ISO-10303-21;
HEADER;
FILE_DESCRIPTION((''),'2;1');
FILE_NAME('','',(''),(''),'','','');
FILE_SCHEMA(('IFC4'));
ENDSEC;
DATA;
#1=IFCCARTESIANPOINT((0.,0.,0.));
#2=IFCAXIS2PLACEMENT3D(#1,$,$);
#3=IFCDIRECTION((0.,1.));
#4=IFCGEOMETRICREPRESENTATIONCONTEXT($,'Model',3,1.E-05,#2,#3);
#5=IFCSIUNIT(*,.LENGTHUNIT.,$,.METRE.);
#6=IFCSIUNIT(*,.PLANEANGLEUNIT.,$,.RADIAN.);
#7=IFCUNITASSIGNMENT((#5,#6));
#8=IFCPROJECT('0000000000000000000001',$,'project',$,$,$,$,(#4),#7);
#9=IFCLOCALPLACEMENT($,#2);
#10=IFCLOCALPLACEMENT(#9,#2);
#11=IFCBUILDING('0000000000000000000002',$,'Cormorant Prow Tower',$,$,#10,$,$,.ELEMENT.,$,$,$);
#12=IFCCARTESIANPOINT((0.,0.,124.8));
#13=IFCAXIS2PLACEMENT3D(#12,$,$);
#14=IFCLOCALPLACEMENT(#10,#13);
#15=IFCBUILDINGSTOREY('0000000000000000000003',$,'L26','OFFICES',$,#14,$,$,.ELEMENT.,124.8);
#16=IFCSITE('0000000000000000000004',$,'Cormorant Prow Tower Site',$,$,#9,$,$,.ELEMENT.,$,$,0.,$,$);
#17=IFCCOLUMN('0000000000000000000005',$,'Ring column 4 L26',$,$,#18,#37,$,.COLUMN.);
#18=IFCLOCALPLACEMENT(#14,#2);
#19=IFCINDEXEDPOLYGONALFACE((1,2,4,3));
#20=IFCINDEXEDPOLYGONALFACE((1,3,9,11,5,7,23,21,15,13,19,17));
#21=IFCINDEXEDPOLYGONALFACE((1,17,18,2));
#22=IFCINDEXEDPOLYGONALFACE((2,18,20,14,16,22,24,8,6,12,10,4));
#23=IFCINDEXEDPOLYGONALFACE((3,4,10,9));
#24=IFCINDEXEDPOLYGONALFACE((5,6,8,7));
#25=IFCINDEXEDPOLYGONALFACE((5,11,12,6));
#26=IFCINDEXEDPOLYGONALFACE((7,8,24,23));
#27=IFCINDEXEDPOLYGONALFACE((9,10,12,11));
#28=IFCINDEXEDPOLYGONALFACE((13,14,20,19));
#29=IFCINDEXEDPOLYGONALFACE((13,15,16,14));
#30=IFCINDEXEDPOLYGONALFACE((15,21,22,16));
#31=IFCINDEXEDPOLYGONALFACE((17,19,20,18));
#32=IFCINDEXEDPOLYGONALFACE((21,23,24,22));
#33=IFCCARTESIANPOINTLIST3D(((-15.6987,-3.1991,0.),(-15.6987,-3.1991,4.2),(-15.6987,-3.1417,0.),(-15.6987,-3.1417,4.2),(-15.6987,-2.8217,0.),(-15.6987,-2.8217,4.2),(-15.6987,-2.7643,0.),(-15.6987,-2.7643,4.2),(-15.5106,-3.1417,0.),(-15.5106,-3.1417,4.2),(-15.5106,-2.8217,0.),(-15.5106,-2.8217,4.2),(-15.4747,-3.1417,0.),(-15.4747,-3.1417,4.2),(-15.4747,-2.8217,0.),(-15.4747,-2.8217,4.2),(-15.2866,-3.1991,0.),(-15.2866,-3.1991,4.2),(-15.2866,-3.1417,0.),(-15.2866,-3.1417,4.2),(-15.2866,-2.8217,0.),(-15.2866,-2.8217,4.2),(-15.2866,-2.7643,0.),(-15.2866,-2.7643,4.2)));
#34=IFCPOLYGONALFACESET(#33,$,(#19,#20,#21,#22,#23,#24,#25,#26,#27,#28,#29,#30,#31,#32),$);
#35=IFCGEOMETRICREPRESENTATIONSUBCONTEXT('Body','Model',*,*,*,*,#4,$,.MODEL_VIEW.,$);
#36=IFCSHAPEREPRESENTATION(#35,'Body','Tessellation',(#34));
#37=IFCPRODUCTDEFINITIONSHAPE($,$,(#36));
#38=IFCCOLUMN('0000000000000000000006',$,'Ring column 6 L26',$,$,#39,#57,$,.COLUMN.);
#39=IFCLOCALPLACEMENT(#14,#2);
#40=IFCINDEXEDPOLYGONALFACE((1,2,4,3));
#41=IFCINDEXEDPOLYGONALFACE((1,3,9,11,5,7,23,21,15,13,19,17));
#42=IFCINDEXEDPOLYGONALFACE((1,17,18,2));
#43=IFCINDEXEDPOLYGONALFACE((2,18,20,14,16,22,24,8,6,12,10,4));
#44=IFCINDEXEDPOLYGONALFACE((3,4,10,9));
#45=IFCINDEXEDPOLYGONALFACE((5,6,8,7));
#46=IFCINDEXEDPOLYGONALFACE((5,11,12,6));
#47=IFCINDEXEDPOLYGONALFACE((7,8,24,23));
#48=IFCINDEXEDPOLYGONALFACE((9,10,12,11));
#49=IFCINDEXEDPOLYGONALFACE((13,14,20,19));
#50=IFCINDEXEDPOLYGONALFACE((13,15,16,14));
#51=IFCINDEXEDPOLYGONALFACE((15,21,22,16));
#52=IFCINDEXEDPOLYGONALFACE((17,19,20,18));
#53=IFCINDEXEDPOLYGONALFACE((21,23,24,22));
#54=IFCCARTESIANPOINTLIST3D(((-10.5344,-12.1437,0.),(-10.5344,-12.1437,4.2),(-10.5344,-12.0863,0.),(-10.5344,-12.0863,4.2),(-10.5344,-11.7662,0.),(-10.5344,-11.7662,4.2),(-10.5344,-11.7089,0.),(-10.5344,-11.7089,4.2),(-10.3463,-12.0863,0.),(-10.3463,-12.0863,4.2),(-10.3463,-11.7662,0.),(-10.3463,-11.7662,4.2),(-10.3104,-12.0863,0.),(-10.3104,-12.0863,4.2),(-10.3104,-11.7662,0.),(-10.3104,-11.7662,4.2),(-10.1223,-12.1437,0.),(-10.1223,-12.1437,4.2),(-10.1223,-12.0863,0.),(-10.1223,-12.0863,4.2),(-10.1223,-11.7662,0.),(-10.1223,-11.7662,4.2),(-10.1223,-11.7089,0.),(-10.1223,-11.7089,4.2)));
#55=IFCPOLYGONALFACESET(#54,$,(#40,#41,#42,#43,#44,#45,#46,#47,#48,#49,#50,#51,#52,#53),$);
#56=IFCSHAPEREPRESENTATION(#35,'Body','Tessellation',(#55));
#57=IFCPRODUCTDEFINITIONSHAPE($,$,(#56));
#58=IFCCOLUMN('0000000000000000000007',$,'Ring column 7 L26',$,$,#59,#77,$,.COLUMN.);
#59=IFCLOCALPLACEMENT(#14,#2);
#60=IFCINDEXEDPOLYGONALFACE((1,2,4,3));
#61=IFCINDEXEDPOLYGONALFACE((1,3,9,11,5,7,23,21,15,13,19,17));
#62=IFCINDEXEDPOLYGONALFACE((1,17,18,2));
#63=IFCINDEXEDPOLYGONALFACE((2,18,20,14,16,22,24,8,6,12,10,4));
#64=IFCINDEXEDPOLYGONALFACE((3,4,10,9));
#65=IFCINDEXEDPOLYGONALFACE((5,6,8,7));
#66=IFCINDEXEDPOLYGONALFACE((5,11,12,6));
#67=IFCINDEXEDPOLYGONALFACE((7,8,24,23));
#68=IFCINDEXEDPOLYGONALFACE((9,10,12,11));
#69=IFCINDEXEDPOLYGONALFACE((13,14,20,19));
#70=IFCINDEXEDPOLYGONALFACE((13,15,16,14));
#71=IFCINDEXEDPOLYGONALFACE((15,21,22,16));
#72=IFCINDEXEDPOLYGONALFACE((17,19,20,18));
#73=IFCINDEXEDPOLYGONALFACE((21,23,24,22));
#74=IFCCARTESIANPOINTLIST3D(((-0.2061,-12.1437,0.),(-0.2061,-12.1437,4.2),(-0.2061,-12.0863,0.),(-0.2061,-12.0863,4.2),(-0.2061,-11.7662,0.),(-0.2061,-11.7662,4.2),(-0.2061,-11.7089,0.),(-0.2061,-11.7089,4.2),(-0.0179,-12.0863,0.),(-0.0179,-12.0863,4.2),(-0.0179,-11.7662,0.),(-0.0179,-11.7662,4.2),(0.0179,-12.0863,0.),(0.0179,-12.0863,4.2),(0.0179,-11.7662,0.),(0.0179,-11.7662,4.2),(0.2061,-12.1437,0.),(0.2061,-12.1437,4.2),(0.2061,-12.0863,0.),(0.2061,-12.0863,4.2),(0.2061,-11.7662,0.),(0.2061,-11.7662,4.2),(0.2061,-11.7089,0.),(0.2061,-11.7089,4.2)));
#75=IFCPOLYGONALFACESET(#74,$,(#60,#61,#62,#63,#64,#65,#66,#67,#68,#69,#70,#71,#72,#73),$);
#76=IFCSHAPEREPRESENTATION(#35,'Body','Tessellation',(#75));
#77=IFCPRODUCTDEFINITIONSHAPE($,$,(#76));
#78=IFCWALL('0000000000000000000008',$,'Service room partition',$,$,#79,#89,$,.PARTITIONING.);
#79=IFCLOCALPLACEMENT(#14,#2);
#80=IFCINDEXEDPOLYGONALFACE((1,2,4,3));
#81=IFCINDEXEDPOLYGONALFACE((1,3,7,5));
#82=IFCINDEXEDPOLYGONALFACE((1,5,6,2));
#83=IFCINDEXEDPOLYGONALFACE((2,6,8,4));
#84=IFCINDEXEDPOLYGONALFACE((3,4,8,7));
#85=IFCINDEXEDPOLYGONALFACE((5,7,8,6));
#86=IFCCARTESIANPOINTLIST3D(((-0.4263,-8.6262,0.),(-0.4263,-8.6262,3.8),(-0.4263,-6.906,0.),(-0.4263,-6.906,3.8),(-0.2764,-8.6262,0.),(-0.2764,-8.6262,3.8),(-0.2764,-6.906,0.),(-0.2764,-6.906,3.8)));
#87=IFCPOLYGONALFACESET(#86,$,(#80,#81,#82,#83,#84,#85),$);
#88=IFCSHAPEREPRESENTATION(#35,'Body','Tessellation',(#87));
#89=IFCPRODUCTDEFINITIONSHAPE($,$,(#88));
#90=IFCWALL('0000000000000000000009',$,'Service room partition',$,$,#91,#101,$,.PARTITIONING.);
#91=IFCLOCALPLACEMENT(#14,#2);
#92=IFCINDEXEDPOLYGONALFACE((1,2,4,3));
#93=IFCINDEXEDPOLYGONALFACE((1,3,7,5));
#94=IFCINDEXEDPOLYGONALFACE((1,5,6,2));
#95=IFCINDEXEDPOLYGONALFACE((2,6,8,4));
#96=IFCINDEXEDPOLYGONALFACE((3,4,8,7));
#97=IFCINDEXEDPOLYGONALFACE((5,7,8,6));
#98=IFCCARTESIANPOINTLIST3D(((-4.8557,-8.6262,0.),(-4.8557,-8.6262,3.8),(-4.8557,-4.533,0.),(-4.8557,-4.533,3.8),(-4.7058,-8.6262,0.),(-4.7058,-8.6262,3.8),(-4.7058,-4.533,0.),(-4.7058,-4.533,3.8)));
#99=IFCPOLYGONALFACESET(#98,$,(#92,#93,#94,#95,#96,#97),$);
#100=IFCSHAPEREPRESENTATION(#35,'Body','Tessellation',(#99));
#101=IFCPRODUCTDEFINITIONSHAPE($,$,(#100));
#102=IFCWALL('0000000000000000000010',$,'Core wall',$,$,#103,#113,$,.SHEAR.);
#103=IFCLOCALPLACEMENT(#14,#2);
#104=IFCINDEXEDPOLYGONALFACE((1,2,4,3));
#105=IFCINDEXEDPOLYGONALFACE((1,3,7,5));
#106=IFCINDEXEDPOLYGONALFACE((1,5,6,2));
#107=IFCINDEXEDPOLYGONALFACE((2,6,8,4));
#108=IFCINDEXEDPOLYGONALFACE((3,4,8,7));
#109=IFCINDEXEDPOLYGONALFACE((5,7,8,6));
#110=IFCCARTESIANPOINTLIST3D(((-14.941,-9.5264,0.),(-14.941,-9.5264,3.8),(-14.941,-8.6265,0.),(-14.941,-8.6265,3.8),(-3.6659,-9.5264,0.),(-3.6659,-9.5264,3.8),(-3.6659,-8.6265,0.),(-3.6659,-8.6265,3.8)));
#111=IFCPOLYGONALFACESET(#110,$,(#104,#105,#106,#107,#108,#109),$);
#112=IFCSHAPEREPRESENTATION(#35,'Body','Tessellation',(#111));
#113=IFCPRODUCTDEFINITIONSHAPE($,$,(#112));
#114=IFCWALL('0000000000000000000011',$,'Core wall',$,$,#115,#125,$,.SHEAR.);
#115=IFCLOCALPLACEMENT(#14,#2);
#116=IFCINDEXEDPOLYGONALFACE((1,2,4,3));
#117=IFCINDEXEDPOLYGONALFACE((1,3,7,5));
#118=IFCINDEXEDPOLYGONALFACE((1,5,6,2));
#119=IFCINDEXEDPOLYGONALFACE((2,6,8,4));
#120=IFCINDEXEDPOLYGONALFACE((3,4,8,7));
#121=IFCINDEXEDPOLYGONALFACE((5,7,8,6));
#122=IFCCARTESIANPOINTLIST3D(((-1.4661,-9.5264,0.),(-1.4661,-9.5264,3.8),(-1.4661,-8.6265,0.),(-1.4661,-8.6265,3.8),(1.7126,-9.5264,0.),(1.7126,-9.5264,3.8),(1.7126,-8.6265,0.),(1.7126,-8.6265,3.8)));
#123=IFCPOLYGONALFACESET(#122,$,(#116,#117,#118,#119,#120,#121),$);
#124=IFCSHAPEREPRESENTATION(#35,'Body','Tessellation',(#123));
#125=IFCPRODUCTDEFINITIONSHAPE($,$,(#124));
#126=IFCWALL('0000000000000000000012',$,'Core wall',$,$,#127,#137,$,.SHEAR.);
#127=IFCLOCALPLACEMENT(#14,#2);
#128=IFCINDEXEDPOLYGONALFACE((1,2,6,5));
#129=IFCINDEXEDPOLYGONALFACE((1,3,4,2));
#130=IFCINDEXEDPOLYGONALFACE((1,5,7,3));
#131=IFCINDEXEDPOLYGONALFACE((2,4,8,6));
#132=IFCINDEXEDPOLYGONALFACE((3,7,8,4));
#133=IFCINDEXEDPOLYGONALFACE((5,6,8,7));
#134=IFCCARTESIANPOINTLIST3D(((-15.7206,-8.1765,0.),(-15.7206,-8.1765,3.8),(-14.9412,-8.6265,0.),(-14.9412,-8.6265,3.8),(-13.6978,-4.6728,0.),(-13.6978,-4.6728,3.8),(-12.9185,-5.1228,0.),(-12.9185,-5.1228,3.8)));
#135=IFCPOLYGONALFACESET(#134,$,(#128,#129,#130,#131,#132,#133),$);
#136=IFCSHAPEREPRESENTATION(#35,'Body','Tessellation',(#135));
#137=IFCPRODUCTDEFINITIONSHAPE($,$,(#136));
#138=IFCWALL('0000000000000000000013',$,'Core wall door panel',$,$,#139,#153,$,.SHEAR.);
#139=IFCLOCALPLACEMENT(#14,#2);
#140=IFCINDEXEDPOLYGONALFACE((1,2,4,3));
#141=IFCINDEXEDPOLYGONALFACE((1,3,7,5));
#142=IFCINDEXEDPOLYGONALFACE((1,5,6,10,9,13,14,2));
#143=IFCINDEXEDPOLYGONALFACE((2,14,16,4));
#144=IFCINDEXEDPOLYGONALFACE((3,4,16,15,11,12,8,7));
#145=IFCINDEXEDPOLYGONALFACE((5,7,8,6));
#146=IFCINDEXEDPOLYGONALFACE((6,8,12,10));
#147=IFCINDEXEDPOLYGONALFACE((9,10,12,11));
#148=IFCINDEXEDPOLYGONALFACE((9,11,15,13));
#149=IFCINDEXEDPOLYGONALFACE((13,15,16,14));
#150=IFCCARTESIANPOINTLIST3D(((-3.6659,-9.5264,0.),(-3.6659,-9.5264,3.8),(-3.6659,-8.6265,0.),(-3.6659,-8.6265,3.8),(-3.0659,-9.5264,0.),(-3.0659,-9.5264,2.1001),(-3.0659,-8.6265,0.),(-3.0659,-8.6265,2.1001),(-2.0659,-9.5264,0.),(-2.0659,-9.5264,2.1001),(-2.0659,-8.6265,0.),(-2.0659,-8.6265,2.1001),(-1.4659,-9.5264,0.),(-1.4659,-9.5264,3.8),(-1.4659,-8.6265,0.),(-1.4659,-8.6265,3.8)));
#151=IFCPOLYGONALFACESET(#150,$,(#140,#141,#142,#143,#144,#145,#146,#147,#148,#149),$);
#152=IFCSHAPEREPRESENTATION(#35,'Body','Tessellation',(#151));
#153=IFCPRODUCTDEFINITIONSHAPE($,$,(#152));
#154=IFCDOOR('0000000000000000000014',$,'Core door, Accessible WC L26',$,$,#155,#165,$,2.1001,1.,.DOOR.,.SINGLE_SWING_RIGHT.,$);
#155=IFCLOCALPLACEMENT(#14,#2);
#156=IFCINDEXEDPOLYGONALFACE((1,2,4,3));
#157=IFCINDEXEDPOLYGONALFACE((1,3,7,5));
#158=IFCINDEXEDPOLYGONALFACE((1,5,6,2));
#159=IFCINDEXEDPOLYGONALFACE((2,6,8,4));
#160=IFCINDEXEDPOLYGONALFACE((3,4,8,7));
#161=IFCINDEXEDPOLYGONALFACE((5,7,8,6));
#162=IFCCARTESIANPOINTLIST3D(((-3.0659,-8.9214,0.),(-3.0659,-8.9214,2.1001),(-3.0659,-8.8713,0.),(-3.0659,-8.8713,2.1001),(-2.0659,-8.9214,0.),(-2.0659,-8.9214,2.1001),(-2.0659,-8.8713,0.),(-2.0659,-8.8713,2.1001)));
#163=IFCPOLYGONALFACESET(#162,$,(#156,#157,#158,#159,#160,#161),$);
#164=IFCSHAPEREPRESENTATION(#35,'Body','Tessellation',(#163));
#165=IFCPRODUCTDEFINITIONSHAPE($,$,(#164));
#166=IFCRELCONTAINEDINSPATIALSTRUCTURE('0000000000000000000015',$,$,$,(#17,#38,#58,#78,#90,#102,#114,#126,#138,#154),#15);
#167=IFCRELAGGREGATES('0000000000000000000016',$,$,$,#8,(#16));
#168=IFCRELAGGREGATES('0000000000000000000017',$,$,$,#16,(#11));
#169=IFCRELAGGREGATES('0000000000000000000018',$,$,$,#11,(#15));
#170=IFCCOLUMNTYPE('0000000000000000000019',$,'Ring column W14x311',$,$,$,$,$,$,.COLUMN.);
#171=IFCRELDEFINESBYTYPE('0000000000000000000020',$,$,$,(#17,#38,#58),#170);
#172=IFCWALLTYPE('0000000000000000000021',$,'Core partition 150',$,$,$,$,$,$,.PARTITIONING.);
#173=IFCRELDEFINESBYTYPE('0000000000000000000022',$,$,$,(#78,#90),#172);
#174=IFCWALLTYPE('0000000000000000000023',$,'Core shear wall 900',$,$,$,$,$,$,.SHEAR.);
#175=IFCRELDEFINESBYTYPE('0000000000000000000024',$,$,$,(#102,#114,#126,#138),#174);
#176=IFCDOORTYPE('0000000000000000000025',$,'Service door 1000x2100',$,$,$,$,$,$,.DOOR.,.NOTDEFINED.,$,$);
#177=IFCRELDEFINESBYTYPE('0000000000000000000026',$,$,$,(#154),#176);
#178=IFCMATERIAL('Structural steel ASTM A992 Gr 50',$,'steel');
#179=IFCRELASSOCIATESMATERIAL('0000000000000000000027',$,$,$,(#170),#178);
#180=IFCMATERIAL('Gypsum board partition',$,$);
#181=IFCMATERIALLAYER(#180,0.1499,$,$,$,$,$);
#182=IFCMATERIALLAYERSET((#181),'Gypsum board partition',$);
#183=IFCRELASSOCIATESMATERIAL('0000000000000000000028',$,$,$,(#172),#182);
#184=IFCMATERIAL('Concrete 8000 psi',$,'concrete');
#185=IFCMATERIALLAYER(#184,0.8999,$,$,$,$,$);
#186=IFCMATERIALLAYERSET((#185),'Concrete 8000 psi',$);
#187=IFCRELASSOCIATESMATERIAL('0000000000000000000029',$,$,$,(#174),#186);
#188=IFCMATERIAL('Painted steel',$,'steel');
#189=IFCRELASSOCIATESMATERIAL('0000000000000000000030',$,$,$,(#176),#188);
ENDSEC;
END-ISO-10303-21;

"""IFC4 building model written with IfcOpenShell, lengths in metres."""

from ifc_helpers import new_model, si_unit, direction, frame, frame_2d, origin, origin_2d, place, context, subcontext, project, spatial, rectangle, i_section, extrude, material, layer, layer_set, material_profile, profile_set, type_object, element, fill, save


model = new_model("IFC4")

# Units and contexts
model_context = context("Model", 3, precision=1e-05, world=origin(), true_north=direction((0.0, 1.0)))
body_context = subcontext(model_context, "Body", "Model", "MODEL_VIEW")
ifc_project = project(units=[si_unit("LENGTHUNIT", "METRE"), si_unit("PLANEANGLEUNIT", "RADIAN")], contexts=[model_context])

# Site, building, storey
site_placement = place(None, origin())
site = spatial("IfcSite", under=ifc_project, at=site_placement, Name="Cormorant Prow Tower Site", CompositionType="ELEMENT", RefElevation=0.0)
building_placement = place(site_placement, origin())
building = spatial("IfcBuilding", under=site, at=building_placement, Name="Cormorant Prow Tower", CompositionType="ELEMENT")
storey_placement = place(building_placement, frame((0.0, 0.0, 124.8)))
storey = spatial("IfcBuildingStorey", under=building, at=storey_placement, Name="L26", Description="OFFICES", CompositionType="ELEMENT", Elevation=124.8)

# Columns
ifc_material_1 = material(Name="Structural steel ASTM A992 Gr 50", Category="steel")
ifc_material_profile = material_profile(ifc_material_1, i_section(OverallWidth=0.4121, OverallDepth=0.4348, WebThickness=0.0359, FlangeThickness=0.0574, at=origin_2d()), Name="W14x311")
ifc_profile_set = profile_set([ifc_material_profile], Name="Structural steel ASTM A992 Gr 50")
column_type = type_object("IfcColumnType", Name="Ring column W14x311", PredefinedType="COLUMN", material=ifc_profile_set)
for number, where, z_axis, x_axis, name in (
    (1, (-15.4927, -2.9817, 0.0), (0.0, 0.0, 1.0), (1.0, 0.0, 0.0), "Ring column 4 L26"),
    (2, (-10.3284, -11.9263, 0.0), (0.0, 0.0, 1.0), (1.0, 0.0, 0.0), "Ring column 6 L26"),
    (3, (0.0, -11.9263, 0.0), (0.0, 0.0, 1.0), (1.0, 0.0, 0.0), "Ring column 7 L26"),
):
    element("IfcColumn", number, at=place(storey_placement, frame(where, z_axis=z_axis, x_axis=x_axis)), inside=storey, type_object=column_type, Name=name, PredefinedType="COLUMN", context=body_context, shape_type="SweptSolid", body=[
        extrude(i_section(OverallWidth=0.4121, OverallDepth=0.4348, WebThickness=0.0359, FlangeThickness=0.0574, at=origin_2d()), origin(), (0.0, 0.0, 1.0), 4.2),
    ])

# Walls
ifc_material_2 = material(Name="Gypsum board partition")
ifc_layer_1 = layer(ifc_material_2, 0.1499)
ifc_layer_set_1 = layer_set([ifc_layer_1], Name="Gypsum board partition")
wall_type_1 = type_object("IfcWallType", Name="Core partition 150", PredefinedType="PARTITIONING", material=ifc_layer_set_1)
wall_1_placement = place(storey_placement, frame((-0.3513, -8.6262, 0.0), z_axis=(0.0, 0.0, 1.0), x_axis=(0.0, 1.0, 0.0)))
element("IfcWall", 4, at=wall_1_placement, inside=storey, type_object=wall_type_1, Name="Service room partition", PredefinedType="PARTITIONING", context=body_context, shape_type="SweptSolid", body=[
    extrude(rectangle(XDim=1.7202, YDim=0.1499, at=frame_2d((0.8601, 0.0))), origin(), (0.0, 0.0, 1.0), 3.8),
])
wall_2_placement = place(storey_placement, frame((-4.7808, -8.6262, 0.0), z_axis=(0.0, 0.0, 1.0), x_axis=(0.0, 1.0, 0.0)))
element("IfcWall", 5, at=wall_2_placement, inside=storey, type_object=wall_type_1, Name="Service room partition", PredefinedType="PARTITIONING", context=body_context, shape_type="SweptSolid", body=[
    extrude(rectangle(XDim=4.0933, YDim=0.1499, at=frame_2d((2.0466, 0.0))), origin(), (0.0, 0.0, 1.0), 3.8),
])
ifc_material_3 = material(Name="Concrete 8000 psi", Category="concrete")
ifc_layer_2 = layer(ifc_material_3, 0.8999)
ifc_layer_set_2 = layer_set([ifc_layer_2], Name="Concrete 8000 psi")
wall_type_2 = type_object("IfcWallType", Name="Core shear wall 900", PredefinedType="SHEAR", material=ifc_layer_set_2)
wall_3_placement = place(storey_placement, frame((-14.9412, -9.0764, 0.0), z_axis=(0.0, 0.0, 1.0), x_axis=(1.0, 0.0, 0.0)))
element("IfcWall", 6, at=wall_3_placement, inside=storey, type_object=wall_type_2, Name="Core wall", PredefinedType="SHEAR", context=body_context, shape_type="SweptSolid", body=[
    extrude(rectangle(XDim=11.2751, YDim=0.8999, at=frame_2d((5.6377, 0.0))), origin(), (0.0, 0.0, 1.0), 3.8),
])
wall_4_placement = place(storey_placement, frame((-1.4661, -9.0764, 0.0), z_axis=(0.0, 0.0, 1.0), x_axis=(1.0, 0.0, 0.0)))
element("IfcWall", 7, at=wall_4_placement, inside=storey, type_object=wall_type_2, Name="Core wall", PredefinedType="SHEAR", context=body_context, shape_type="SweptSolid", body=[
    extrude(rectangle(XDim=3.1787, YDim=0.8999, at=frame_2d((1.5894, 0.0))), origin(), (0.0, 0.0, 1.0), 3.8),
])
wall_5_placement = place(storey_placement, frame((-13.3081, -4.8977, 0.0), z_axis=(0.0, 0.0, 1.0), x_axis=(-0.499975, -0.86604, 0.0)))
element("IfcWall", 8, at=wall_5_placement, inside=storey, type_object=wall_type_2, Name="Core wall", PredefinedType="SHEAR", context=body_context, shape_type="SweptSolid", body=[
    extrude(rectangle(XDim=4.0457, YDim=0.8999, at=frame_2d((2.0229, 0.0))), origin(), (0.0, 0.0, 1.0), 3.8),
])

# Wall, opening, door
wall_6_placement = place(storey_placement, frame((-3.666, -9.0764, 0.0), z_axis=(0.0, 0.0, 1.0), x_axis=(1.0, 0.0, 0.0)))
wall_6 = element("IfcWall", 9, at=wall_6_placement, inside=storey, type_object=wall_type_2, Name="Core wall door panel", PredefinedType="SHEAR", context=body_context, shape_type="SweptSolid", body=[
    extrude(rectangle(XDim=2.2, YDim=0.8999, at=frame_2d((1.1001, 0.0))), origin(), (0.0, 0.0, 1.0), 3.8),
])
opening_1_placement = place(wall_6_placement, frame((0.6001, 0.0, 0.0)))
opening_1 = element("IfcOpeningElement", 10, at=opening_1_placement, cuts=wall_6, PredefinedType="OPENING", context=body_context, shape_type="SweptSolid", body=[
    extrude(rectangle(XDim=1.0, YDim=2.1001, at=frame_2d((0.5, 1.05))), frame((0.0, 0.46, 0.0), z_axis=(0.0, -1.0, 0.0), x_axis=(1.0, 0.0, 0.0)), (0.0, 0.0, 1.0), 0.9199),
])
ifc_material_4 = material(Name="Painted steel", Category="steel")
door_type_1 = type_object("IfcDoorType", Name="Service door 1000x2100", OperationType="NOTDEFINED", PredefinedType="DOOR", material=ifc_material_4)
door_1_placement = place(opening_1_placement, origin())
door_1 = element("IfcDoor", 11, at=door_1_placement, inside=storey, type_object=door_type_1, Name="Core door, Accessible WC L26", OperationType="SINGLE_SWING_RIGHT", OverallHeight=2.1001, OverallWidth=1.0, PredefinedType="DOOR", context=body_context, shape_type="SweptSolid", body=[
    extrude(rectangle(XDim=1.0, YDim=2.1001, at=frame_2d((0.5, 1.05))), frame((0.0, 0.2051, 0.0), z_axis=(0.0, -1.0, 0.0), x_axis=(1.0, 0.0, 0.0)), (0.0, 0.0, 1.0), 0.05),
])
fill(opening_1, door_1)

save(model, "model.ifc")
